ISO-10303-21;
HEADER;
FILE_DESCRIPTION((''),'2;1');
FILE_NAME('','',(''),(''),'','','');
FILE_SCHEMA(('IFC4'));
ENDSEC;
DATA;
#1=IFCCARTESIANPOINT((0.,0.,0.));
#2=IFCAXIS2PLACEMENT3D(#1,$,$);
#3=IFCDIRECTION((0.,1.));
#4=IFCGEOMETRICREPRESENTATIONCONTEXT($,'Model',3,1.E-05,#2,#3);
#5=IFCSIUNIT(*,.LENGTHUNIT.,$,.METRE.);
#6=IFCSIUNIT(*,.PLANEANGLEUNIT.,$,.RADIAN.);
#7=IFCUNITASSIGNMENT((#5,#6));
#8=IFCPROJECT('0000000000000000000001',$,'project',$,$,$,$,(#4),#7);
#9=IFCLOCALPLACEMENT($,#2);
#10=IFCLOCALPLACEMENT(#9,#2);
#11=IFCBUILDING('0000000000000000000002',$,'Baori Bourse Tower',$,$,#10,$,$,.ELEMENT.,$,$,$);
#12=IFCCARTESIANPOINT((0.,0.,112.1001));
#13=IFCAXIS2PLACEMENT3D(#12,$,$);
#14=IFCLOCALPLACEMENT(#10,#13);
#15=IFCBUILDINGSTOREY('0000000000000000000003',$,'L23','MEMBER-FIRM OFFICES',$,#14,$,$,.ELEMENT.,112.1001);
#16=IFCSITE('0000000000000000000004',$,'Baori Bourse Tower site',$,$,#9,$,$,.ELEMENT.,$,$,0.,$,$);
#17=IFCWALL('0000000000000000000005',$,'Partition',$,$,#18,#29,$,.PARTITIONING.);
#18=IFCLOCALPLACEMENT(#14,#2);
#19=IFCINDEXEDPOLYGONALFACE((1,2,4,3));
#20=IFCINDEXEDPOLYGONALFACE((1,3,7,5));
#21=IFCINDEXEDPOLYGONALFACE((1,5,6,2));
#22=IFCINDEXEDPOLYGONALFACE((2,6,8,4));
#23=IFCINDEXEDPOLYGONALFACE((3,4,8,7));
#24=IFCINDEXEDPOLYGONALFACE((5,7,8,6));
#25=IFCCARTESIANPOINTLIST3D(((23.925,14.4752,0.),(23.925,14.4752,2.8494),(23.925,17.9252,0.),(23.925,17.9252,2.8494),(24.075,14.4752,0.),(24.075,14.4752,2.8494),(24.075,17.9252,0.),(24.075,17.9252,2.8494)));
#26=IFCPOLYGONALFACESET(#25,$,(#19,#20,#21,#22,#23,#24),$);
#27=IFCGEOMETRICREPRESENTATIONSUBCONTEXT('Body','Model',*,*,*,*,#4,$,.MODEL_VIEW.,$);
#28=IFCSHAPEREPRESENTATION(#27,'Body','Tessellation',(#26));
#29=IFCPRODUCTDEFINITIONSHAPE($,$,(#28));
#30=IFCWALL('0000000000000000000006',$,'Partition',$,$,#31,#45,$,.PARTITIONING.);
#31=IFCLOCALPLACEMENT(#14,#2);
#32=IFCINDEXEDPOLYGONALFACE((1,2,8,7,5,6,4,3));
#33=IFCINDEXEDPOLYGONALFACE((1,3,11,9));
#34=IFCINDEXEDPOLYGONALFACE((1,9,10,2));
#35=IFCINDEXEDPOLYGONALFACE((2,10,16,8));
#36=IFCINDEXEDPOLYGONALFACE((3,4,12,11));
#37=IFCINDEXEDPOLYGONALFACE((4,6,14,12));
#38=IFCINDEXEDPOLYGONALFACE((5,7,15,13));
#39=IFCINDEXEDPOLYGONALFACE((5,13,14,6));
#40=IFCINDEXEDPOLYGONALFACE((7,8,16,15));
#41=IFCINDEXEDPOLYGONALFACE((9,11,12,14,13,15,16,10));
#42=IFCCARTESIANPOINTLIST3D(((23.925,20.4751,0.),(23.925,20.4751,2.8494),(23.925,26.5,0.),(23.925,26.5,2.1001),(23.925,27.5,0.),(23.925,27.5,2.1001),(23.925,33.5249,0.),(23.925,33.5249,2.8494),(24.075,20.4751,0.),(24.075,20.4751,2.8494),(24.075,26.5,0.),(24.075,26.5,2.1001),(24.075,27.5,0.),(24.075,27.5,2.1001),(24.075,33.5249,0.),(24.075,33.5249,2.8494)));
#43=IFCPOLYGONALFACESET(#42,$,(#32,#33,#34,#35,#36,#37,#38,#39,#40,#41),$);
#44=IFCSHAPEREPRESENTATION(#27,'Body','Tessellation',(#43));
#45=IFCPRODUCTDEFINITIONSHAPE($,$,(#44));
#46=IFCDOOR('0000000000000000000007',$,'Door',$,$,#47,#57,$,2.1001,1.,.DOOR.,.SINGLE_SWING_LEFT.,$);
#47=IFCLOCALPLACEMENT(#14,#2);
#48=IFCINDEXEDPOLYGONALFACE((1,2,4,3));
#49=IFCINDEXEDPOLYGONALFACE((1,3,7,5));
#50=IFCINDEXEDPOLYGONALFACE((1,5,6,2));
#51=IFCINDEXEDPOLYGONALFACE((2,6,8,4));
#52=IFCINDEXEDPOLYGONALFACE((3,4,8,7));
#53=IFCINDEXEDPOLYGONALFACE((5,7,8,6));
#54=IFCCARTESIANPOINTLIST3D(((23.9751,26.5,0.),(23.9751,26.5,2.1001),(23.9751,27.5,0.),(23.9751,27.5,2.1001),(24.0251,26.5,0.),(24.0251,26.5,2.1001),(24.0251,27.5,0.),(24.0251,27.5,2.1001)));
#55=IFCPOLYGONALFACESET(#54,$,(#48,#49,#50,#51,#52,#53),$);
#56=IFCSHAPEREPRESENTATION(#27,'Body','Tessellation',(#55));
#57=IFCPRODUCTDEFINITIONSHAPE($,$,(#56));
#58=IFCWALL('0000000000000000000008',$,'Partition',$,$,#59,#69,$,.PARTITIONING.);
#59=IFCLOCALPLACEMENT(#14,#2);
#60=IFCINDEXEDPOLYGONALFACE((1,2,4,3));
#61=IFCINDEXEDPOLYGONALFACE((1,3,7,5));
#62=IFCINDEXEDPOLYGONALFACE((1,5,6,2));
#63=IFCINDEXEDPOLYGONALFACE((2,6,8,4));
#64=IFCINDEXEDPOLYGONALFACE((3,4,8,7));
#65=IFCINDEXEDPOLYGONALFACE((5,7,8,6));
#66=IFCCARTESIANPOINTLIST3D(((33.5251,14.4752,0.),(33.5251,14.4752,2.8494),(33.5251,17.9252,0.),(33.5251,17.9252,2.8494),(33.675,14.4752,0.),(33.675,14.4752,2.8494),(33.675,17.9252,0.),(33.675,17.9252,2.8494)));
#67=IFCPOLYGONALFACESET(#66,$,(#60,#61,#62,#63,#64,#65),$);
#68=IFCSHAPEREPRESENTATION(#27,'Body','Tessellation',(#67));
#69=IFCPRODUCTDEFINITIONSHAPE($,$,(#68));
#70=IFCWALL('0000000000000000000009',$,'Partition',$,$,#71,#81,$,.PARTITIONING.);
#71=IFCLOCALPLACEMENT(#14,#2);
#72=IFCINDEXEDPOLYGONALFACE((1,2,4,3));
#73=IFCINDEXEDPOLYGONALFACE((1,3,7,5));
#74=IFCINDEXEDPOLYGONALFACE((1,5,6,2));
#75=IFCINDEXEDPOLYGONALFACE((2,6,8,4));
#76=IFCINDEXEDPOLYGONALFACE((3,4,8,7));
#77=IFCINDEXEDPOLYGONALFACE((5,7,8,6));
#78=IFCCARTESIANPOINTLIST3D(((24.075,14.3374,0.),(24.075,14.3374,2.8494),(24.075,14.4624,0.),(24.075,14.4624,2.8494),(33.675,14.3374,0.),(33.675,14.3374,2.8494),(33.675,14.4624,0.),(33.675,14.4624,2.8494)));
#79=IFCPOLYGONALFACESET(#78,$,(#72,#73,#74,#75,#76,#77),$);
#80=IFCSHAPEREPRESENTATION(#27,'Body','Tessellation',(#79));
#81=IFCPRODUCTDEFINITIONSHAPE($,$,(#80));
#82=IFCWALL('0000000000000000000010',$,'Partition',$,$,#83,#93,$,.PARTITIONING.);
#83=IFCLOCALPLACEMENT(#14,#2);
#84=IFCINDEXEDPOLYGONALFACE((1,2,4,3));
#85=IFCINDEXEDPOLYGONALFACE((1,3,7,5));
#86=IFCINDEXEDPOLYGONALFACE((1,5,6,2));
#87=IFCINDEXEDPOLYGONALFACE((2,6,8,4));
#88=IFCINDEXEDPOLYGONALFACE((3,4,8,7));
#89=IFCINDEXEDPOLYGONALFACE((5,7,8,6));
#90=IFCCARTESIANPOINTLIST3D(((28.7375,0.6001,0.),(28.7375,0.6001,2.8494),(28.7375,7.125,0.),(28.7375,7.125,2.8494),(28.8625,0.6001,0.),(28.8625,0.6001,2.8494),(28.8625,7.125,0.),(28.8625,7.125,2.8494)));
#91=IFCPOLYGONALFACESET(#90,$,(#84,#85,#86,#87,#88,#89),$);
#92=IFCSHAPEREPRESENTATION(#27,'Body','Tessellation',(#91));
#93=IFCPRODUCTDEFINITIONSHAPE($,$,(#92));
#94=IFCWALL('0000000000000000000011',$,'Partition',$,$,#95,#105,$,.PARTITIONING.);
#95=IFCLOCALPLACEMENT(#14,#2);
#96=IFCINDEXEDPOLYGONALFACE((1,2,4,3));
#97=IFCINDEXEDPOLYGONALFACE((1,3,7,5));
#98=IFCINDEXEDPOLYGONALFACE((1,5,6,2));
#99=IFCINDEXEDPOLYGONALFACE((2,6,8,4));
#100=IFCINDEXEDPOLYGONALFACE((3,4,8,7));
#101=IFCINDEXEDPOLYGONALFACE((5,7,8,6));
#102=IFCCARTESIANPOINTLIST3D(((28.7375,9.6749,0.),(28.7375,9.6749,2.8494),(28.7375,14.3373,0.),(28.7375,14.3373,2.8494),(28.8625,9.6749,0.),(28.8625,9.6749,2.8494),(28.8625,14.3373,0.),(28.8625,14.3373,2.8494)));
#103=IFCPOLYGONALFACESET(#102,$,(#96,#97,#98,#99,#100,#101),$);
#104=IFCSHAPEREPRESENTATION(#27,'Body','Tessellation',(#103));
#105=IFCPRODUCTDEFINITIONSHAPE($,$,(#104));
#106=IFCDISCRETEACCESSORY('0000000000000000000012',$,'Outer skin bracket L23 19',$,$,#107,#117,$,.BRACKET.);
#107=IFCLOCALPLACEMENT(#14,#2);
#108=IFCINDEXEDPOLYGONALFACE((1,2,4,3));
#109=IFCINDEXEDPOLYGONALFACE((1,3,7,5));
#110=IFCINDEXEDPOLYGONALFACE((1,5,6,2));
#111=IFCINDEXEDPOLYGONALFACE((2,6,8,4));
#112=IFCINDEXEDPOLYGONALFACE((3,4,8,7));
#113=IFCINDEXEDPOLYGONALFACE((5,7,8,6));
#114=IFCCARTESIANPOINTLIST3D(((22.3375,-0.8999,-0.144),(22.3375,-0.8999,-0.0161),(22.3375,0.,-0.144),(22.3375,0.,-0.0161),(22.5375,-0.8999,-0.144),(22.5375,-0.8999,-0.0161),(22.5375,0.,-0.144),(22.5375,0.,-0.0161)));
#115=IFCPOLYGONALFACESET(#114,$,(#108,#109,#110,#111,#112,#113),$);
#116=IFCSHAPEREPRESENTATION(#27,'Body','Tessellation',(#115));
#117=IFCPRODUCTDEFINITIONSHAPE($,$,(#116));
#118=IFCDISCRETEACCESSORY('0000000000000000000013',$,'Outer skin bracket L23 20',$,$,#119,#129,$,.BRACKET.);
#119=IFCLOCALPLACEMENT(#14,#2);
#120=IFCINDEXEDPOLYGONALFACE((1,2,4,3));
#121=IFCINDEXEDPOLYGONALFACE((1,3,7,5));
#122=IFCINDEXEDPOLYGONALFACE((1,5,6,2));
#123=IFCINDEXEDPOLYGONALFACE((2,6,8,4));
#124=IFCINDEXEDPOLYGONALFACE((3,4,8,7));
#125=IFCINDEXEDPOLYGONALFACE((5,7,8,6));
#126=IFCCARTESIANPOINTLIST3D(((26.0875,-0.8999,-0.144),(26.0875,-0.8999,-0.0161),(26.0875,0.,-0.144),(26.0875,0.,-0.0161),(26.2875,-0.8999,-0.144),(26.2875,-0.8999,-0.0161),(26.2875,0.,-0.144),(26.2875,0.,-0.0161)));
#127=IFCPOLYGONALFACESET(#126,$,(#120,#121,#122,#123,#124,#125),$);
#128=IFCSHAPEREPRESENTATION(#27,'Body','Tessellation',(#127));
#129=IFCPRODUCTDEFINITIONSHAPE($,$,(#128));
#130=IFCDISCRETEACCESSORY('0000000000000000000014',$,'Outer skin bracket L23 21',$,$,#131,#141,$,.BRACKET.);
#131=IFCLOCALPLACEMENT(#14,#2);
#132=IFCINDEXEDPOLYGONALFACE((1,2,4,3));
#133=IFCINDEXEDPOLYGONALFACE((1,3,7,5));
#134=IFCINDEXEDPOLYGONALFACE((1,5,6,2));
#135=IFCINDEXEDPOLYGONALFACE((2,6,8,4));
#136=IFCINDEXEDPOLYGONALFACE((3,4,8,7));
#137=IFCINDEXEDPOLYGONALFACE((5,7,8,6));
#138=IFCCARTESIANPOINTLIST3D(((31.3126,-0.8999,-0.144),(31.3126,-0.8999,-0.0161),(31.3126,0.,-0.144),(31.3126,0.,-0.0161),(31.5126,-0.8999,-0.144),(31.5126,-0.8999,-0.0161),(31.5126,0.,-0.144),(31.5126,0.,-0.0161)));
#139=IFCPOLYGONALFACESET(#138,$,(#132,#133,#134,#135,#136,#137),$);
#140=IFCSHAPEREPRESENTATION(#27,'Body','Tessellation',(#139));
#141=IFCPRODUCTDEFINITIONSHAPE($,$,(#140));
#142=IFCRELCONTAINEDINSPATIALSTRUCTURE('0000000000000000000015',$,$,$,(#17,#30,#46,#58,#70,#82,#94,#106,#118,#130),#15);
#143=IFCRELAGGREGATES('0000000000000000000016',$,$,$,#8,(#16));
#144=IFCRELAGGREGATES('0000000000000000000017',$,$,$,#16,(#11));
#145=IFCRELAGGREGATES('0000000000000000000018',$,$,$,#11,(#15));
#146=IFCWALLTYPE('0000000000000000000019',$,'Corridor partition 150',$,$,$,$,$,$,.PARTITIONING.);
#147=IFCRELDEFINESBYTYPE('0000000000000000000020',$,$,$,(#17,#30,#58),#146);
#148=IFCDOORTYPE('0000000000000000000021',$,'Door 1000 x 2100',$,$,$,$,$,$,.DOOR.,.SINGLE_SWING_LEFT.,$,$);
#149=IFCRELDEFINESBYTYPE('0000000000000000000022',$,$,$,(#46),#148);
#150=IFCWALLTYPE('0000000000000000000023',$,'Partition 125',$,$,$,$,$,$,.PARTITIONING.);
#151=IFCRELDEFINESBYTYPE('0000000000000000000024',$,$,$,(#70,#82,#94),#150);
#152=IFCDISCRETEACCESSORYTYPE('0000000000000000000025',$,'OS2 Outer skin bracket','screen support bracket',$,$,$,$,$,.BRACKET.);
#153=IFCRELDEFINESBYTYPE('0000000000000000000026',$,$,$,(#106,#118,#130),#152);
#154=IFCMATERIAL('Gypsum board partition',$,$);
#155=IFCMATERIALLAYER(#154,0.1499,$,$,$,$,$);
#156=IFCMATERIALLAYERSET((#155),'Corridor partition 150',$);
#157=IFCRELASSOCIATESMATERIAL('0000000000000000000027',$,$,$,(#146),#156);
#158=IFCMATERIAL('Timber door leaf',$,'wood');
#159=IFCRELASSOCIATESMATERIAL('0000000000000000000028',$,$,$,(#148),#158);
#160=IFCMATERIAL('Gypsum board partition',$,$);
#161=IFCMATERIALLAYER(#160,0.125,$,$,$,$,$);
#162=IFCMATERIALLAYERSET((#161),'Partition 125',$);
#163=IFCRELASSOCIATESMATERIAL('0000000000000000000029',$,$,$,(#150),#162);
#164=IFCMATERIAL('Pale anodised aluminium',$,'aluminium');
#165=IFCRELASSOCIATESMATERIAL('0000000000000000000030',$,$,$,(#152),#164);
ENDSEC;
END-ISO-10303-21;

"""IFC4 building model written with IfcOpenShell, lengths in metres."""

from ifc_helpers import new_model, si_unit, direction, frame, frame_2d, origin, origin_2d, place, context, subcontext, project, spatial, rectangle, extrude, material, layer, layer_set, type_object, element, fill, save


model = new_model("IFC4")

# Units and contexts
model_context = context("Model", 3, precision=1e-05, world=origin(), true_north=direction((0.0, 1.0)))
body_context = subcontext(model_context, "Body", "Model", "MODEL_VIEW")
ifc_project = project(units=[si_unit("LENGTHUNIT", "METRE"), si_unit("PLANEANGLEUNIT", "RADIAN")], contexts=[model_context])

# Site, building, storey
site_placement = place(None, origin())
site = spatial("IfcSite", under=ifc_project, at=site_placement, Name="Baori Bourse Tower site", CompositionType="ELEMENT", RefElevation=0.0)
building_placement = place(site_placement, origin())
building = spatial("IfcBuilding", under=site, at=building_placement, Name="Baori Bourse Tower", CompositionType="ELEMENT")
storey_placement = place(building_placement, frame((0.0, 0.0, 112.1001)))
storey = spatial("IfcBuildingStorey", under=building, at=storey_placement, Name="L23", Description="MEMBER-FIRM OFFICES", CompositionType="ELEMENT", Elevation=112.1001)

# Shared definitions
ifc_material_1 = material(Name="Gypsum board partition")
ifc_layer_1 = layer(ifc_material_1, 0.1499)
ifc_layer_set_1 = layer_set([ifc_layer_1], Name="Corridor partition 150")
wall_type_1 = type_object("IfcWallType", Name="Corridor partition 150", PredefinedType="PARTITIONING", material=ifc_layer_set_1)
ifc_material_2 = material(Name="Timber door leaf", Category="wood")
door_type = type_object("IfcDoorType", Name="Door 1000 x 2100", OperationType="SINGLE_SWING_LEFT", PredefinedType="DOOR", material=ifc_material_2)

# Wall
wall_1_placement = place(storey_placement, frame((24.0, 14.4751, 0.0), z_axis=(0.0, 0.0, 1.0), x_axis=(0.0, 1.0, 0.0)))
element("IfcWall", 1, at=wall_1_placement, inside=storey, type_object=wall_type_1, Name="Partition", PredefinedType="PARTITIONING", context=body_context, shape_type="SweptSolid", body=[
    extrude(rectangle(XDim=3.45, YDim=0.1499, at=frame_2d((1.7251, 0.0))), origin(), (0.0, 0.0, 1.0), 2.8494),
])

# Wall, opening, door
wall_2_placement = place(storey_placement, frame((24.0, 20.4751, 0.0), z_axis=(0.0, 0.0, 1.0), x_axis=(0.0, 1.0, 0.0)))
wall_2 = element("IfcWall", 2, at=wall_2_placement, inside=storey, type_object=wall_type_1, Name="Partition", PredefinedType="PARTITIONING", context=body_context, shape_type="SweptSolid", body=[
    extrude(rectangle(XDim=13.0498, YDim=0.1499, at=frame_2d((6.5249, 0.0))), origin(), (0.0, 0.0, 1.0), 2.8494),
])
opening_1_placement = place(wall_2_placement, frame((6.0249, 0.0, 0.0)))
opening_1 = element("IfcOpeningElement", 3, at=opening_1_placement, cuts=wall_2, PredefinedType="OPENING", context=body_context, shape_type="SweptSolid", body=[
    extrude(rectangle(XDim=1.0, YDim=2.1001, at=frame_2d((0.5, 1.05))), frame((0.0, 0.085, 0.0), z_axis=(0.0, -1.0, 0.0), x_axis=(1.0, 0.0, 0.0)), (0.0, 0.0, 1.0), 0.1699),
])
door_1_placement = place(opening_1_placement, origin())
door_1 = element("IfcDoor", 4, at=door_1_placement, inside=storey, type_object=door_type, Name="Door", OperationType="SINGLE_SWING_LEFT", OverallHeight=2.1001, OverallWidth=1.0, PredefinedType="DOOR", context=body_context, shape_type="SweptSolid", body=[
    extrude(rectangle(XDim=1.0, YDim=2.1001, at=frame_2d((0.5, 1.05))), frame((0.0, 0.0249, 0.0), z_axis=(0.0, -1.0, 0.0), x_axis=(1.0, 0.0, 0.0)), (0.0, 0.0, 1.0), 0.05),
])
fill(opening_1, door_1)

# Walls
wall_3_placement = place(storey_placement, frame((33.6001, 14.4751, 0.0), z_axis=(0.0, 0.0, 1.0), x_axis=(0.0, 1.0, 0.0)))
element("IfcWall", 5, at=wall_3_placement, inside=storey, type_object=wall_type_1, Name="Partition", PredefinedType="PARTITIONING", context=body_context, shape_type="SweptSolid", body=[
    extrude(rectangle(XDim=3.45, YDim=0.1499, at=frame_2d((1.7251, 0.0))), origin(), (0.0, 0.0, 1.0), 2.8494),
])
ifc_material_3 = material(Name="Gypsum board partition")
ifc_layer_2 = layer(ifc_material_3, 0.125)
ifc_layer_set_2 = layer_set([ifc_layer_2], Name="Partition 125")
wall_type_2 = type_object("IfcWallType", Name="Partition 125", PredefinedType="PARTITIONING", material=ifc_layer_set_2)
wall_4_placement = place(storey_placement, frame((24.075, 14.3999, 0.0), z_axis=(0.0, 0.0, 1.0), x_axis=(1.0, 0.0, 0.0)))
element("IfcWall", 6, at=wall_4_placement, inside=storey, type_object=wall_type_2, Name="Partition", PredefinedType="PARTITIONING", context=body_context, shape_type="SweptSolid", body=[
    extrude(rectangle(XDim=9.6001, YDim=0.125, at=frame_2d((4.8, 0.0))), origin(), (0.0, 0.0, 1.0), 2.8494),
])
wall_5_placement = place(storey_placement, frame((28.8, 0.6001, 0.0), z_axis=(0.0, 0.0, 1.0), x_axis=(0.0, 1.0, 0.0)))
element("IfcWall", 7, at=wall_5_placement, inside=storey, type_object=wall_type_2, Name="Partition", PredefinedType="PARTITIONING", context=body_context, shape_type="SweptSolid", body=[
    extrude(rectangle(XDim=6.5249, YDim=0.125, at=frame_2d((3.2625, 0.0))), origin(), (0.0, 0.0, 1.0), 2.8494),
])
wall_6_placement = place(storey_placement, frame((28.8, 9.675, 0.0), z_axis=(0.0, 0.0, 1.0), x_axis=(0.0, 1.0, 0.0)))
element("IfcWall", 8, at=wall_6_placement, inside=storey, type_object=wall_type_2, Name="Partition", PredefinedType="PARTITIONING", context=body_context, shape_type="SweptSolid", body=[
    extrude(rectangle(XDim=4.6624, YDim=0.125, at=frame_2d((2.3311, 0.0))), origin(), (0.0, 0.0, 1.0), 2.8494),
])

# Discrete accessories
ifc_material_4 = material(Name="Pale anodised aluminium", Category="aluminium")
discrete_accessory_type = type_object("IfcDiscreteAccessoryType", Name="OS2 Outer skin bracket", Description="screen support bracket", PredefinedType="BRACKET", material=ifc_material_4)
for number, where, z_axis, x_axis, name in (
    (9, (22.4375, -0.45, -0.144), (0.0, 0.0, 1.0), (1.0, 0.0, 0.0), "Outer skin bracket L23 19"),
    (10, (26.1875, -0.45, -0.144), (0.0, 0.0, 1.0), (1.0, 0.0, 0.0), "Outer skin bracket L23 20"),
    (11, (31.4126, -0.45, -0.144), (0.0, 0.0, 1.0), (1.0, 0.0, 0.0), "Outer skin bracket L23 21"),
):
    element("IfcDiscreteAccessory", number, at=place(storey_placement, frame(where, z_axis=z_axis, x_axis=x_axis)), inside=storey, type_object=discrete_accessory_type, Name=name, PredefinedType="BRACKET", context=body_context, shape_type="SweptSolid", body=[
        extrude(rectangle(XDim=0.2, YDim=0.8999, at=origin_2d()), origin(), (0.0, 0.0, 1.0), 0.1279),
    ])

save(model, "model.ifc")
